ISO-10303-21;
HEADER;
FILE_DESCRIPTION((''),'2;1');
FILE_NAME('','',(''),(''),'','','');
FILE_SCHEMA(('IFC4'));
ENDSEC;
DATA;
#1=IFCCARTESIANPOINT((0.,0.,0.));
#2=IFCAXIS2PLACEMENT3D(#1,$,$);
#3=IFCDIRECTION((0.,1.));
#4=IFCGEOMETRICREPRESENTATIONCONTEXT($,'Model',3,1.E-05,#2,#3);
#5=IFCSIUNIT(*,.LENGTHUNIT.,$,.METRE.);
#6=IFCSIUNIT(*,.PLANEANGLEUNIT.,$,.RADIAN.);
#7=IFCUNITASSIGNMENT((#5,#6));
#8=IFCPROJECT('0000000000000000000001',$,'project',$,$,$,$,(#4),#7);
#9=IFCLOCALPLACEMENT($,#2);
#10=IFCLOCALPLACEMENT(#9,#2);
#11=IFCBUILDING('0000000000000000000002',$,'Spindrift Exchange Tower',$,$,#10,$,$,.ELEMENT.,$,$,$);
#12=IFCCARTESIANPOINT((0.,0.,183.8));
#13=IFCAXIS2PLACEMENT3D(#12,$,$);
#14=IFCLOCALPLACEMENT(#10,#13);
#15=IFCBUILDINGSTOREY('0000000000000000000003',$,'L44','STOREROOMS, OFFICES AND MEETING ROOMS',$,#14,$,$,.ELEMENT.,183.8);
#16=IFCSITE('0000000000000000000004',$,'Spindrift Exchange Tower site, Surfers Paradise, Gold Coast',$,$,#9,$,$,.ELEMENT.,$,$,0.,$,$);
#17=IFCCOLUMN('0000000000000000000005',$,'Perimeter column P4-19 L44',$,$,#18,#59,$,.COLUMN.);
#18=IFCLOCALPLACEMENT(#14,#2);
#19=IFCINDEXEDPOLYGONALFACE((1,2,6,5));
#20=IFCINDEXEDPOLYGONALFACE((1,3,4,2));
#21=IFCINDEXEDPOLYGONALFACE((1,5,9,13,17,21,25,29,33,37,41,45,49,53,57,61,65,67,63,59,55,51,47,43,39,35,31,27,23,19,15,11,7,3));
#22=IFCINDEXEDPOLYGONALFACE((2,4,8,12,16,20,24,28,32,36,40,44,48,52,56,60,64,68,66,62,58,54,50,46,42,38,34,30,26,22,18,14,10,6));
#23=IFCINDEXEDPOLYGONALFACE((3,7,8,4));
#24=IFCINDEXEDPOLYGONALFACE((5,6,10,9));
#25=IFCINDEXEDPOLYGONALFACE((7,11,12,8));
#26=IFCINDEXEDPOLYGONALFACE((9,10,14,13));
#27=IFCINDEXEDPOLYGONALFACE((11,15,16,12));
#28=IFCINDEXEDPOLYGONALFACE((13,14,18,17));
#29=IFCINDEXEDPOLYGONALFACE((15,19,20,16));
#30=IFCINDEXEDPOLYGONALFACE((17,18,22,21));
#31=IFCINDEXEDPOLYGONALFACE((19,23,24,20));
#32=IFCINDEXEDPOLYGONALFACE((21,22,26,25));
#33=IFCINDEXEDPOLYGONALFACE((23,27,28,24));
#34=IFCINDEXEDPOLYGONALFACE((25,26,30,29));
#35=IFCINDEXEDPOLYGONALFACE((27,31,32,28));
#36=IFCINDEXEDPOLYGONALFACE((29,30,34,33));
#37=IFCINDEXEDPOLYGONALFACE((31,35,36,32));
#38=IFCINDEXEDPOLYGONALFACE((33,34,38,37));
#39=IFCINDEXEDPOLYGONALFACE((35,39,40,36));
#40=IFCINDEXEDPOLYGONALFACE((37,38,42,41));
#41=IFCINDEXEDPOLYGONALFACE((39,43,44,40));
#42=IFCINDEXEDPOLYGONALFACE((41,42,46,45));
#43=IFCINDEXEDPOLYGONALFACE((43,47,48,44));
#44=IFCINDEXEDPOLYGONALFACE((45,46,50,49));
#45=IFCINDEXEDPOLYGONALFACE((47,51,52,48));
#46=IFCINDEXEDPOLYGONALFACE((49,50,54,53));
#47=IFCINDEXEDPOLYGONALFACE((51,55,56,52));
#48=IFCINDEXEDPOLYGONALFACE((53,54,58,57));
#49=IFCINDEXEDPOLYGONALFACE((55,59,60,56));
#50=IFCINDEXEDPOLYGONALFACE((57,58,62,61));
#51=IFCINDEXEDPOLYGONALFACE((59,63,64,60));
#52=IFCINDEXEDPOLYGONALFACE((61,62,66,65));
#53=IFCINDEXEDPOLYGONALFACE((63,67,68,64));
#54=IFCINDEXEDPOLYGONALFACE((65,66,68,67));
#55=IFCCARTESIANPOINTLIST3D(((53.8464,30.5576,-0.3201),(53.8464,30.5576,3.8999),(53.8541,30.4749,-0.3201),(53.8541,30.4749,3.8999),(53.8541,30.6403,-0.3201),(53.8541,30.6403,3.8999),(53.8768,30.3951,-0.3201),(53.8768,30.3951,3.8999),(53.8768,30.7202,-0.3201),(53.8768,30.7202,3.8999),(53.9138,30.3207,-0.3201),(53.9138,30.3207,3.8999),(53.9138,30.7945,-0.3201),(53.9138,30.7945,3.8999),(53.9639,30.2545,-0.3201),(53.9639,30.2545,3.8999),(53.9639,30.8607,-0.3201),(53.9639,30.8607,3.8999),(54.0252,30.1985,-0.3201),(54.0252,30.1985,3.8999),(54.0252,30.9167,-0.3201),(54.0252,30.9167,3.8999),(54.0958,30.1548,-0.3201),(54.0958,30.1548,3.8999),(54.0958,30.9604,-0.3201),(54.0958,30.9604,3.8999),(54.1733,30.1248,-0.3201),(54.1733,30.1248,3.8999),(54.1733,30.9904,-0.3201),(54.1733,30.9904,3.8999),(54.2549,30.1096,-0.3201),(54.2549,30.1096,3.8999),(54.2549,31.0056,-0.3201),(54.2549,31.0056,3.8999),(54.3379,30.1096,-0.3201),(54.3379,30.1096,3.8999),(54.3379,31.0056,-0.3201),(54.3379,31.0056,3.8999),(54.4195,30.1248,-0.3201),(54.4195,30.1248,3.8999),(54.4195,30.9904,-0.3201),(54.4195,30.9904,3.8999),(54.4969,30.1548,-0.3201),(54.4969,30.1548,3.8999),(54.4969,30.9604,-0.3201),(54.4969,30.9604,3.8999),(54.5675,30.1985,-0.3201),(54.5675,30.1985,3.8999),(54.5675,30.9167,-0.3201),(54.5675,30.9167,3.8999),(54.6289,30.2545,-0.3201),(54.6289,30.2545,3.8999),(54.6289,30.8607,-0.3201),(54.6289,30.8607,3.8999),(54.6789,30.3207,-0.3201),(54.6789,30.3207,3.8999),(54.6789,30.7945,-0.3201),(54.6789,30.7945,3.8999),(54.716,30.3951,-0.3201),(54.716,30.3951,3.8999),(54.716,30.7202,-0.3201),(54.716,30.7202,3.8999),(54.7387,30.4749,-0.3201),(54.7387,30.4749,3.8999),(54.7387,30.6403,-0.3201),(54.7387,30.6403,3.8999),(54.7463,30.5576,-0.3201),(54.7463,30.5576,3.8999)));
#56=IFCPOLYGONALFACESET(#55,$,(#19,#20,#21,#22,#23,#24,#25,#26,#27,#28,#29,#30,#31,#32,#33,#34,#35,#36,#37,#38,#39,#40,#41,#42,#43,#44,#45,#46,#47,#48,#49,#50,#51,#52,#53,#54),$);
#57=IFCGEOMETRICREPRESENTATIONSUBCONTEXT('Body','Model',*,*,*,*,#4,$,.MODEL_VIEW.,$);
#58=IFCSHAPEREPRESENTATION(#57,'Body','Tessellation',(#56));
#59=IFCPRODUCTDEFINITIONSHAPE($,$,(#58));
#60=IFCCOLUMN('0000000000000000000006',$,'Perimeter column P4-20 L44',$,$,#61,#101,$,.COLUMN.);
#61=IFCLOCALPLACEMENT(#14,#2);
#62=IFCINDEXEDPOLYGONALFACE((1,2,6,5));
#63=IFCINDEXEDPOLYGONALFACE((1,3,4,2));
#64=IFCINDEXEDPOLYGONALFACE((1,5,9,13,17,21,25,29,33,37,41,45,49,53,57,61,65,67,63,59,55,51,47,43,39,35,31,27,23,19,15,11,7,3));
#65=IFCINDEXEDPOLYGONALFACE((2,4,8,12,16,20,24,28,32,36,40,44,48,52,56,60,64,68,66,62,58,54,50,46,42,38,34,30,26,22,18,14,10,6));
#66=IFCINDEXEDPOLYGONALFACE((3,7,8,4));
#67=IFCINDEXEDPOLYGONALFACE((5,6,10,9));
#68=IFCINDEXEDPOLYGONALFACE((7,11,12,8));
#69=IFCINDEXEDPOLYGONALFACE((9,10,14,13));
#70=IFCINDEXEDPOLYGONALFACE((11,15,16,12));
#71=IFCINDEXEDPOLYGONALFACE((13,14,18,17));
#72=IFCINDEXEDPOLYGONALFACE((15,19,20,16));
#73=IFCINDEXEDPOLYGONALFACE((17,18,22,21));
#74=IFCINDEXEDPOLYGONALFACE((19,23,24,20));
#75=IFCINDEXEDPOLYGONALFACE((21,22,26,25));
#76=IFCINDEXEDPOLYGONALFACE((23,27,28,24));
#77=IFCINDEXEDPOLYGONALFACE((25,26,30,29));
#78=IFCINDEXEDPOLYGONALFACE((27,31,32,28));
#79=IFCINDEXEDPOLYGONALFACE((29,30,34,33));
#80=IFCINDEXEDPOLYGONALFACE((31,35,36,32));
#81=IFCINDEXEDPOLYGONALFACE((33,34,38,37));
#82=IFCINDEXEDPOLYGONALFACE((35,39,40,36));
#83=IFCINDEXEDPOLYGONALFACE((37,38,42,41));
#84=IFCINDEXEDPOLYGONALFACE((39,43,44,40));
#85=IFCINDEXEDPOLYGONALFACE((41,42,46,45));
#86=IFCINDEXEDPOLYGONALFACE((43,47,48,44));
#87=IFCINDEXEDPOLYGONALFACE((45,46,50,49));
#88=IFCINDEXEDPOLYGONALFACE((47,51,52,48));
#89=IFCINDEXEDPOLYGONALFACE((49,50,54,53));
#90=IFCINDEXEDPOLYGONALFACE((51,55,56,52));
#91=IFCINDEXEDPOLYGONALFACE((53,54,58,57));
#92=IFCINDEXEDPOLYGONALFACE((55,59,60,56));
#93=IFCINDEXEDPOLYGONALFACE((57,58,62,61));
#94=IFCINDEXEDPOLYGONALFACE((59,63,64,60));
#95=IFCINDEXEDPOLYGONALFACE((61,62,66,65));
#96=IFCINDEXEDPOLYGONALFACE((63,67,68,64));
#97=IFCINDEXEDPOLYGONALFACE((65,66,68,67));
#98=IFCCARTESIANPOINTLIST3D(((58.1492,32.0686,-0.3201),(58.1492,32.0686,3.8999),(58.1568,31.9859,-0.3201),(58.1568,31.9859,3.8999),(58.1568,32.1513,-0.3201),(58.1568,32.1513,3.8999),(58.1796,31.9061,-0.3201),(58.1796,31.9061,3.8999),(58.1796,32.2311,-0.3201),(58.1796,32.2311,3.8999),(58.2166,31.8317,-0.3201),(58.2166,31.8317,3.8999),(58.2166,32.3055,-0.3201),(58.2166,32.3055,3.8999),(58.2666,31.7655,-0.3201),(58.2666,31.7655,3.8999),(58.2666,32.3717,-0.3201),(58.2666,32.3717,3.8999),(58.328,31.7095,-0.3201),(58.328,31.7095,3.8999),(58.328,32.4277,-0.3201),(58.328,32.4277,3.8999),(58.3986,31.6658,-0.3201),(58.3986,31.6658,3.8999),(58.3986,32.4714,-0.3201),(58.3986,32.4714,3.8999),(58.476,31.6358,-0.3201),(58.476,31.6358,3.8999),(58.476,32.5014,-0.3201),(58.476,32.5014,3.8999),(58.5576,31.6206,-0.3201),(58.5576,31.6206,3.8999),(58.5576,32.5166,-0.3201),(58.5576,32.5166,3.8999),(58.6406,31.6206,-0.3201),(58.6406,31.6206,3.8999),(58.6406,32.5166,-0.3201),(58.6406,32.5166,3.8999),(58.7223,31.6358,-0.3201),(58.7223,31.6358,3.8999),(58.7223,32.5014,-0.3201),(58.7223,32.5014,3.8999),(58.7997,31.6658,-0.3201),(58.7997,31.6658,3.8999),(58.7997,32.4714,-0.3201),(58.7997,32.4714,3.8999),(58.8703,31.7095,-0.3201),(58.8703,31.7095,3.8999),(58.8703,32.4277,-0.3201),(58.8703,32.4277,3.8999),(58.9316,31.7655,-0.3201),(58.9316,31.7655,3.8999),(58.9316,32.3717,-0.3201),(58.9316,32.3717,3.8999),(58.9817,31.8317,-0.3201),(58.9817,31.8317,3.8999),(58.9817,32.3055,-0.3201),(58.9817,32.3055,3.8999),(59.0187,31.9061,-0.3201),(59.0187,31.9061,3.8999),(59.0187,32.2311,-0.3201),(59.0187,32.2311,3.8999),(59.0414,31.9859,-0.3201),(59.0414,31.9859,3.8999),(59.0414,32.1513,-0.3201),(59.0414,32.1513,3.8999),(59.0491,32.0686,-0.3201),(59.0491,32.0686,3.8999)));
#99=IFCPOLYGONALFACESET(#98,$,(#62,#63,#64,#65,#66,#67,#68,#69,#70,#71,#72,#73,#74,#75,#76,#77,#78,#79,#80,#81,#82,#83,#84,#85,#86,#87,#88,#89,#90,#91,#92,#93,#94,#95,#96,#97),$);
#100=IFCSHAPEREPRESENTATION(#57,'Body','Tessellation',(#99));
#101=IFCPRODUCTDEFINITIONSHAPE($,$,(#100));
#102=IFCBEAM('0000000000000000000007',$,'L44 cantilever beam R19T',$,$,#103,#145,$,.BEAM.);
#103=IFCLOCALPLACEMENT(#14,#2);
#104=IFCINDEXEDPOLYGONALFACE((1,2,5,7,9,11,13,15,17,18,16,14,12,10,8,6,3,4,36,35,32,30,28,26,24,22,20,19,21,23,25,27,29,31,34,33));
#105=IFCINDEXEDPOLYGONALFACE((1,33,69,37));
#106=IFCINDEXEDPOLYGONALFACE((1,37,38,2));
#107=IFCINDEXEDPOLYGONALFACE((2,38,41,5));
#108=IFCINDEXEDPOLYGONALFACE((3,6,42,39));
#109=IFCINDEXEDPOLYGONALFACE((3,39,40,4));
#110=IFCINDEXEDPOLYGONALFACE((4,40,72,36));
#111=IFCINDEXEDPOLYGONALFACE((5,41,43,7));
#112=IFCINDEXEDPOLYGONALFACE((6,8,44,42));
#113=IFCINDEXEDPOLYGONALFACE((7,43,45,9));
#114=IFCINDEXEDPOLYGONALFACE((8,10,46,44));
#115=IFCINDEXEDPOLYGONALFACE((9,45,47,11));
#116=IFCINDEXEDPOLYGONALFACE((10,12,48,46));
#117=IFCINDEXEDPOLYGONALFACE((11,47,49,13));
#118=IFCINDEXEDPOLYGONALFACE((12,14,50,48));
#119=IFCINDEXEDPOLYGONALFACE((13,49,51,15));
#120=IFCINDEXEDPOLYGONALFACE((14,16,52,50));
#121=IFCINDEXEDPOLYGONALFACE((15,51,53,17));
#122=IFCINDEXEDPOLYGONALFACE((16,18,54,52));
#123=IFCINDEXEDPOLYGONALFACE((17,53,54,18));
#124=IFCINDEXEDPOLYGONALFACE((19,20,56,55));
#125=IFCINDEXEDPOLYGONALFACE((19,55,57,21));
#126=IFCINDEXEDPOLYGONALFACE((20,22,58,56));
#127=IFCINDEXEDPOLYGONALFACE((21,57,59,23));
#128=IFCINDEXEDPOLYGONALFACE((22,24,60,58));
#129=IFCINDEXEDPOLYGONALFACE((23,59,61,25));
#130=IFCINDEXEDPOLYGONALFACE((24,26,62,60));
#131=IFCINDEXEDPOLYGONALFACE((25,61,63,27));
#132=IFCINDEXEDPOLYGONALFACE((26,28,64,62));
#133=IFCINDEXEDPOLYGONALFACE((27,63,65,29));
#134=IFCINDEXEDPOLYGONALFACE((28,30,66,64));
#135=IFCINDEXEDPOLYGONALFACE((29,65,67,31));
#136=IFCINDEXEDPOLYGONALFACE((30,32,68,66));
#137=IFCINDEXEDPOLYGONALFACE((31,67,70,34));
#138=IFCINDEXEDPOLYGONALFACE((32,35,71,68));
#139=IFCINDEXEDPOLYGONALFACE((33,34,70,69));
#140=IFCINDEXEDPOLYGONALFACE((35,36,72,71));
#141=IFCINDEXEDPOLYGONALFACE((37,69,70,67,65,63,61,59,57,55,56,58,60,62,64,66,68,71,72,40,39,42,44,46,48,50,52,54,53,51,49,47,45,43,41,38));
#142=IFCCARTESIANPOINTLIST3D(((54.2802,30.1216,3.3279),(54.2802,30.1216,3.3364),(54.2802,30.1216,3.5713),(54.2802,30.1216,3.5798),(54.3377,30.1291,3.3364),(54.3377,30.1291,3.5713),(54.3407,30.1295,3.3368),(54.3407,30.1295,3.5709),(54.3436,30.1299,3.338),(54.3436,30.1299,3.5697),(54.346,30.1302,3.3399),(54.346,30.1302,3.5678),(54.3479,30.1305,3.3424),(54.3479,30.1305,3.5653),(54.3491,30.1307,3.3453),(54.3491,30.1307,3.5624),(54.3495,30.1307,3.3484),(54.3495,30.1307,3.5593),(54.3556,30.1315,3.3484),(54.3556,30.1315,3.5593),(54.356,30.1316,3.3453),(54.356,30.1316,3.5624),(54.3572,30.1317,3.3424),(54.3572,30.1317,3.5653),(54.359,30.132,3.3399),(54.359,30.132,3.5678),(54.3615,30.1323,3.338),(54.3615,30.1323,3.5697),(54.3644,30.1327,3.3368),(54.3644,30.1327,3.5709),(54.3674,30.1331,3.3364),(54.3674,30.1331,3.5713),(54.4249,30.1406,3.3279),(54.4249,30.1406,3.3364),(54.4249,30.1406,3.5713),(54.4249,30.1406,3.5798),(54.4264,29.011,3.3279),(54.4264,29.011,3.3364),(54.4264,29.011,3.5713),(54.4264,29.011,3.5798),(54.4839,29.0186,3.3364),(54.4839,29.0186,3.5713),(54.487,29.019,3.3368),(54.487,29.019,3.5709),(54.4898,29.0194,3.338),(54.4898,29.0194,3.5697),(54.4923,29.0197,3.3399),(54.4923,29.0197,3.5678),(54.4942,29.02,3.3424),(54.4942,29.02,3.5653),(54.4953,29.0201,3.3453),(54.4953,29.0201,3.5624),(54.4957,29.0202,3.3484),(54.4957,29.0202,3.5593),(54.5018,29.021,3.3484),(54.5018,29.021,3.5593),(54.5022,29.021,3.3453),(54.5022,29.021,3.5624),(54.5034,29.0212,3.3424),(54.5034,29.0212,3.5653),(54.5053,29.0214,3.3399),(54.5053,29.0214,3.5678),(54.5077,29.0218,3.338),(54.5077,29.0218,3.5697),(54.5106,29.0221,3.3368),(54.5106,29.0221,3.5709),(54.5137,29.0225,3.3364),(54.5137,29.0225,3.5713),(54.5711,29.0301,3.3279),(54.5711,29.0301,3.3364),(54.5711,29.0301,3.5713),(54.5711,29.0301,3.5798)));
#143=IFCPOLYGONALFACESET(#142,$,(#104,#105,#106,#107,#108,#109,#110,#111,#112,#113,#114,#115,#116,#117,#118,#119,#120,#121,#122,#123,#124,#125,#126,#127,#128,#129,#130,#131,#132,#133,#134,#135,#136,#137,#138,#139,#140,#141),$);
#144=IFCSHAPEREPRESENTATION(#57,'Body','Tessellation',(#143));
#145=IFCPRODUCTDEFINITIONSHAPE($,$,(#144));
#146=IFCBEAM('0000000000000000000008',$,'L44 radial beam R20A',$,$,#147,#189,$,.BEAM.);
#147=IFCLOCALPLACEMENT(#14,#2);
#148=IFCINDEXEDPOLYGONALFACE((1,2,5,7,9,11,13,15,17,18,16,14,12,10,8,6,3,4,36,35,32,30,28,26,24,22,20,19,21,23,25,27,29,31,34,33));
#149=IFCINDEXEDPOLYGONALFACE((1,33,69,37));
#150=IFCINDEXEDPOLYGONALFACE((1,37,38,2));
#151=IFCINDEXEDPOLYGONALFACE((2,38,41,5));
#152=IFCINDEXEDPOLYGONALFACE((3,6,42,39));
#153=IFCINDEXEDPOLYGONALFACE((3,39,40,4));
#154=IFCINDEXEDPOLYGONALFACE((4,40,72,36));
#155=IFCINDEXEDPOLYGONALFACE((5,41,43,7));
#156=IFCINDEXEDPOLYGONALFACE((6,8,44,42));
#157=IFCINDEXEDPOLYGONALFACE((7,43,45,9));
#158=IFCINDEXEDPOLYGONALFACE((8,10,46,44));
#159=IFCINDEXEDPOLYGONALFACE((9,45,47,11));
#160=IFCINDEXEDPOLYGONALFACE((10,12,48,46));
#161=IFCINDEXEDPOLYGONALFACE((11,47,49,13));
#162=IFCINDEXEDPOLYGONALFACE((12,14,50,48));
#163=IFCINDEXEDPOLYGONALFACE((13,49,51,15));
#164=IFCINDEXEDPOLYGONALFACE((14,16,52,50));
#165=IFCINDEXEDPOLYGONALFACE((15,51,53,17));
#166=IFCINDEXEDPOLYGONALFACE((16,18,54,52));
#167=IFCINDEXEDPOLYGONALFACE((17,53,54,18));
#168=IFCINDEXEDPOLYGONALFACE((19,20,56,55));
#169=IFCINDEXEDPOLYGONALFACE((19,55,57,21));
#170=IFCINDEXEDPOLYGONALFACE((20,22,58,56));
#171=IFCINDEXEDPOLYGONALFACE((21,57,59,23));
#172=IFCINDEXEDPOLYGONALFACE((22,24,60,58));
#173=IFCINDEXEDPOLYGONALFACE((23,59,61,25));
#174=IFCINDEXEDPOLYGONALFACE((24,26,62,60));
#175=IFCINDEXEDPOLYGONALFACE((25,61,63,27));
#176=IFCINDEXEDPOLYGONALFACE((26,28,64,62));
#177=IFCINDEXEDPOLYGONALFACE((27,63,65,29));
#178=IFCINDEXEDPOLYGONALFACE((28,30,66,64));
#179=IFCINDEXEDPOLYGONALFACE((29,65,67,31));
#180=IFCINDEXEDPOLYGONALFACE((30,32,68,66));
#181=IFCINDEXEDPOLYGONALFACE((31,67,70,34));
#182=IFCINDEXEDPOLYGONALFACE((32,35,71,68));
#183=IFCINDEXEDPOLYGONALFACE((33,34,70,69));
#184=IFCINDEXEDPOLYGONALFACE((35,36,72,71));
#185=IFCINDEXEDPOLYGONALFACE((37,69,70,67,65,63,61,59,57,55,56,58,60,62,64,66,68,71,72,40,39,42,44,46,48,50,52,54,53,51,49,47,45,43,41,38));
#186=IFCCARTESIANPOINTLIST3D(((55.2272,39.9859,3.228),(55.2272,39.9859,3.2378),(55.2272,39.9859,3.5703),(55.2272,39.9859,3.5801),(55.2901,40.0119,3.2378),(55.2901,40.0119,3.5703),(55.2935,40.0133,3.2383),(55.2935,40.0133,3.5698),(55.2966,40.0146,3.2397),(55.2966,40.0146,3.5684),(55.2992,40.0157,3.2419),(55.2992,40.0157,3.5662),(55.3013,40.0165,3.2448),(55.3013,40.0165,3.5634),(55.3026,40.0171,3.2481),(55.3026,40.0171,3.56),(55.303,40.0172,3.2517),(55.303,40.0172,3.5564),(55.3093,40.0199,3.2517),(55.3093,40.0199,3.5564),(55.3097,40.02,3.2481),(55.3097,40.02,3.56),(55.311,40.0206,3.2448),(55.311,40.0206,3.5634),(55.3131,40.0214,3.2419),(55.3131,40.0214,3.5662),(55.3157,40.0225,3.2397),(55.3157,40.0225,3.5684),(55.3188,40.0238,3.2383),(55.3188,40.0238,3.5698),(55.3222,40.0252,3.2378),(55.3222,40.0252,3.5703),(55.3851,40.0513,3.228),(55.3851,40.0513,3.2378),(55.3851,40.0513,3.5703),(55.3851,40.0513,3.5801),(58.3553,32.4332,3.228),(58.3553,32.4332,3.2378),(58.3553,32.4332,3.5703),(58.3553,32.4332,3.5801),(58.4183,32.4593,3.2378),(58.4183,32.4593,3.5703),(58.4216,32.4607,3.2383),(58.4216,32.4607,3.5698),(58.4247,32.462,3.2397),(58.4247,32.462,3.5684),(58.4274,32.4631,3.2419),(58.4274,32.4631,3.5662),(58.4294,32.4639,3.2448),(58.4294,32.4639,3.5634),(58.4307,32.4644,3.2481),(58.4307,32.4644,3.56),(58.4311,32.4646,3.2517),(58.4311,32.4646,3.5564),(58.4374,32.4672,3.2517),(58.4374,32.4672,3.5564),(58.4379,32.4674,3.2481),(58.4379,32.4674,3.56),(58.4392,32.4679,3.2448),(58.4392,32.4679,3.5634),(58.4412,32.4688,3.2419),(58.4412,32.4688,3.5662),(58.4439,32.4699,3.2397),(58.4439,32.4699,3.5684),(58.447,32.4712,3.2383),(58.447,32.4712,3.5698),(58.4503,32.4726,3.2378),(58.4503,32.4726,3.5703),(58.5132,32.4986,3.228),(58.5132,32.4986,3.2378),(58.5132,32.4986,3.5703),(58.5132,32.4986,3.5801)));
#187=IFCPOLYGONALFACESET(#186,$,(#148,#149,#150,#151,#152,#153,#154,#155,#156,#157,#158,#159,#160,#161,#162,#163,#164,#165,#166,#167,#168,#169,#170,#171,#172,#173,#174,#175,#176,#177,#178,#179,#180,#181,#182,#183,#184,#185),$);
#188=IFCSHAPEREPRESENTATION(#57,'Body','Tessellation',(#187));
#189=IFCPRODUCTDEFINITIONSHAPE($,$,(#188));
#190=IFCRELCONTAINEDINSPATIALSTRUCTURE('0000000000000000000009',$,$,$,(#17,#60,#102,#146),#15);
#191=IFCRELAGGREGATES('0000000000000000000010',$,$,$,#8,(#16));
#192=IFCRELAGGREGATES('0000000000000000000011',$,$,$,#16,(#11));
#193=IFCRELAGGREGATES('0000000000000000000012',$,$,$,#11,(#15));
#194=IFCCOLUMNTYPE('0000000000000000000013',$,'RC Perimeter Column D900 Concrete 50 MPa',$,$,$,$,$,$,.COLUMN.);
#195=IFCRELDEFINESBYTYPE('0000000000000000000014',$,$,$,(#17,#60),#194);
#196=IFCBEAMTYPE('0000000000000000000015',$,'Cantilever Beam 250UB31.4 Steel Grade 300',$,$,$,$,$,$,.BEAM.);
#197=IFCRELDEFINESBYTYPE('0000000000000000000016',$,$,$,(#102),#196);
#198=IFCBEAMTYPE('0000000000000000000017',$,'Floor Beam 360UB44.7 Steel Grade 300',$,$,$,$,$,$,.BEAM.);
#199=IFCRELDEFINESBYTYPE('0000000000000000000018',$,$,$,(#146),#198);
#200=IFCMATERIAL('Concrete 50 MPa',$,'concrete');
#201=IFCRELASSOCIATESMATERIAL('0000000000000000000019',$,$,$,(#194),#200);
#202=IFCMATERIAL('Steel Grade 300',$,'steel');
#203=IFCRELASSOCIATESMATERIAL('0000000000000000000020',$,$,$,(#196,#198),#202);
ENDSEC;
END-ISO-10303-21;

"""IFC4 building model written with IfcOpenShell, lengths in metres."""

from ifc_helpers import new_model, si_unit, direction, frame, origin, origin_2d, place, context, subcontext, project, spatial, circle, i_section, extrude, source, transform, mapped, material, material_profile, profile_set, type_object, element, save


model = new_model("IFC4")

# Units and contexts
model_context = context("Model", 3, precision=1e-05, world=origin(), true_north=direction((0.0, 1.0)))
body_context = subcontext(model_context, "Body", "Model", "MODEL_VIEW")
ifc_project = project(units=[si_unit("LENGTHUNIT", "METRE"), si_unit("PLANEANGLEUNIT", "RADIAN")], contexts=[model_context])

# Site, building, storey
site_placement = place(None, origin())
site = spatial("IfcSite", under=ifc_project, at=site_placement, Name="Spindrift Exchange Tower site, Surfers Paradise, Gold Coast", CompositionType="ELEMENT", RefElevation=0.0)
building_placement = place(site_placement, origin())
building = spatial("IfcBuilding", under=site, at=building_placement, Name="Spindrift Exchange Tower", CompositionType="ELEMENT")
storey_placement = place(building_placement, frame((0.0, 0.0, 183.8)))
storey = spatial("IfcBuildingStorey", under=building, at=storey_placement, Name="L44", Description="STOREROOMS, OFFICES AND MEETING ROOMS", CompositionType="ELEMENT", Elevation=183.8)

# Columns
ifc_material_1 = material(Name="Concrete 50 MPa", Category="concrete")
ifc_material_profile_1 = material_profile(ifc_material_1, circle(Radius=0.45, at=origin_2d()), Name="RC D900")
ifc_profile_set_1 = profile_set([ifc_material_profile_1], Name="Concrete 50 MPa")
column_type = type_object("IfcColumnType", Name="RC Perimeter Column D900 Concrete 50 MPa", PredefinedType="COLUMN", material=ifc_profile_set_1)
shared_shape_1 = source(origin(), body_context, "Body", "SweptSolid", [
    extrude(circle(Radius=0.45, at=origin_2d()), origin(), (0.0, 0.0, 1.0), 4.22),
])
for number, where, z_axis, x_axis, name in (
    (1, (54.2964, 30.5576, -0.3201), (0.0, 0.0, 1.0), (1.0, 0.0, 0.0), "Perimeter column P4-19 L44"),
    (2, (58.5991, 32.0686, -0.3201), (0.0, 0.0, 1.0), (1.0, 0.0, 0.0), "Perimeter column P4-20 L44"),
):
    element("IfcColumn", number, at=place(storey_placement, frame(where, z_axis=z_axis, x_axis=x_axis)), inside=storey, type_object=column_type, Name=name, PredefinedType="COLUMN", context=body_context, shape_type="MappedRepresentation", body=[
        mapped(shared_shape_1, transform((0.0, 0.0, 0.0), scale=1.0)),
    ])

# Beams
ifc_material_2 = material(Name="Steel Grade 300", Category="steel")
ifc_material_profile_2 = material_profile(ifc_material_2, i_section(OverallWidth=0.146, OverallDepth=0.252, WebThickness=0.0061, FlangeThickness=0.0085, FilletRadius=0.012, at=origin_2d()), Name="250UB31.4")
ifc_profile_set_2 = profile_set([ifc_material_profile_2], Name="Steel Grade 300")
beam_type_1 = type_object("IfcBeamType", Name="Cantilever Beam 250UB31.4 Steel Grade 300", PredefinedType="BEAM", material=ifc_profile_set_2)
shared_shape_2 = source(origin(), body_context, "Body", "SweptSolid", [
    extrude(i_section(OverallWidth=0.146, OverallDepth=0.252, WebThickness=0.0061, FlangeThickness=0.0085, FilletRadius=0.012, at=origin_2d()), origin(), (0.0, 0.0, 1.0), 1.1201),
])
beam_1_placement = place(storey_placement, frame((54.3525, 30.1311, 3.4539), z_axis=(0.13055, -0.991442, 0.0), x_axis=(0.991442, 0.13055, 0.0)))
element("IfcBeam", 3, at=beam_1_placement, inside=storey, type_object=beam_type_1, Name="L44 cantilever beam R19T", PredefinedType="BEAM", context=body_context, shape_type="MappedRepresentation", body=[
    mapped(shared_shape_2, transform((0.0, 0.0, 0.0), scale=1.0)),
])
ifc_material_profile_3 = material_profile(ifc_material_2, i_section(OverallWidth=0.1709, OverallDepth=0.3521, WebThickness=0.0068, FlangeThickness=0.0098, FilletRadius=0.0139, at=origin_2d()), Name="360UB44.7")
ifc_profile_set_3 = profile_set([ifc_material_profile_3], Name="Steel Grade 300")
beam_type_2 = type_object("IfcBeamType", Name="Floor Beam 360UB44.7 Steel Grade 300", PredefinedType="BEAM", material=ifc_profile_set_3)
shared_shape_3 = source(origin(), body_context, "Body", "SweptSolid", [
    extrude(i_section(OverallWidth=0.1709, OverallDepth=0.3521, WebThickness=0.0068, FlangeThickness=0.0098, FilletRadius=0.0139, at=origin_2d()), origin(), (0.0, 0.0, 1.0), 8.1748),
])
beam_2_placement = place(storey_placement, frame((55.3062, 40.0186, 3.4041), z_axis=(0.382655, -0.923891, 0.0), x_axis=(0.923891, 0.382655, 0.0)))
element("IfcBeam", 4, at=beam_2_placement, inside=storey, type_object=beam_type_2, Name="L44 radial beam R20A", PredefinedType="BEAM", context=body_context, shape_type="MappedRepresentation", body=[
    mapped(shared_shape_3, transform((0.0, 0.0, 0.0), scale=1.0)),
])

save(model, "model.ifc")
